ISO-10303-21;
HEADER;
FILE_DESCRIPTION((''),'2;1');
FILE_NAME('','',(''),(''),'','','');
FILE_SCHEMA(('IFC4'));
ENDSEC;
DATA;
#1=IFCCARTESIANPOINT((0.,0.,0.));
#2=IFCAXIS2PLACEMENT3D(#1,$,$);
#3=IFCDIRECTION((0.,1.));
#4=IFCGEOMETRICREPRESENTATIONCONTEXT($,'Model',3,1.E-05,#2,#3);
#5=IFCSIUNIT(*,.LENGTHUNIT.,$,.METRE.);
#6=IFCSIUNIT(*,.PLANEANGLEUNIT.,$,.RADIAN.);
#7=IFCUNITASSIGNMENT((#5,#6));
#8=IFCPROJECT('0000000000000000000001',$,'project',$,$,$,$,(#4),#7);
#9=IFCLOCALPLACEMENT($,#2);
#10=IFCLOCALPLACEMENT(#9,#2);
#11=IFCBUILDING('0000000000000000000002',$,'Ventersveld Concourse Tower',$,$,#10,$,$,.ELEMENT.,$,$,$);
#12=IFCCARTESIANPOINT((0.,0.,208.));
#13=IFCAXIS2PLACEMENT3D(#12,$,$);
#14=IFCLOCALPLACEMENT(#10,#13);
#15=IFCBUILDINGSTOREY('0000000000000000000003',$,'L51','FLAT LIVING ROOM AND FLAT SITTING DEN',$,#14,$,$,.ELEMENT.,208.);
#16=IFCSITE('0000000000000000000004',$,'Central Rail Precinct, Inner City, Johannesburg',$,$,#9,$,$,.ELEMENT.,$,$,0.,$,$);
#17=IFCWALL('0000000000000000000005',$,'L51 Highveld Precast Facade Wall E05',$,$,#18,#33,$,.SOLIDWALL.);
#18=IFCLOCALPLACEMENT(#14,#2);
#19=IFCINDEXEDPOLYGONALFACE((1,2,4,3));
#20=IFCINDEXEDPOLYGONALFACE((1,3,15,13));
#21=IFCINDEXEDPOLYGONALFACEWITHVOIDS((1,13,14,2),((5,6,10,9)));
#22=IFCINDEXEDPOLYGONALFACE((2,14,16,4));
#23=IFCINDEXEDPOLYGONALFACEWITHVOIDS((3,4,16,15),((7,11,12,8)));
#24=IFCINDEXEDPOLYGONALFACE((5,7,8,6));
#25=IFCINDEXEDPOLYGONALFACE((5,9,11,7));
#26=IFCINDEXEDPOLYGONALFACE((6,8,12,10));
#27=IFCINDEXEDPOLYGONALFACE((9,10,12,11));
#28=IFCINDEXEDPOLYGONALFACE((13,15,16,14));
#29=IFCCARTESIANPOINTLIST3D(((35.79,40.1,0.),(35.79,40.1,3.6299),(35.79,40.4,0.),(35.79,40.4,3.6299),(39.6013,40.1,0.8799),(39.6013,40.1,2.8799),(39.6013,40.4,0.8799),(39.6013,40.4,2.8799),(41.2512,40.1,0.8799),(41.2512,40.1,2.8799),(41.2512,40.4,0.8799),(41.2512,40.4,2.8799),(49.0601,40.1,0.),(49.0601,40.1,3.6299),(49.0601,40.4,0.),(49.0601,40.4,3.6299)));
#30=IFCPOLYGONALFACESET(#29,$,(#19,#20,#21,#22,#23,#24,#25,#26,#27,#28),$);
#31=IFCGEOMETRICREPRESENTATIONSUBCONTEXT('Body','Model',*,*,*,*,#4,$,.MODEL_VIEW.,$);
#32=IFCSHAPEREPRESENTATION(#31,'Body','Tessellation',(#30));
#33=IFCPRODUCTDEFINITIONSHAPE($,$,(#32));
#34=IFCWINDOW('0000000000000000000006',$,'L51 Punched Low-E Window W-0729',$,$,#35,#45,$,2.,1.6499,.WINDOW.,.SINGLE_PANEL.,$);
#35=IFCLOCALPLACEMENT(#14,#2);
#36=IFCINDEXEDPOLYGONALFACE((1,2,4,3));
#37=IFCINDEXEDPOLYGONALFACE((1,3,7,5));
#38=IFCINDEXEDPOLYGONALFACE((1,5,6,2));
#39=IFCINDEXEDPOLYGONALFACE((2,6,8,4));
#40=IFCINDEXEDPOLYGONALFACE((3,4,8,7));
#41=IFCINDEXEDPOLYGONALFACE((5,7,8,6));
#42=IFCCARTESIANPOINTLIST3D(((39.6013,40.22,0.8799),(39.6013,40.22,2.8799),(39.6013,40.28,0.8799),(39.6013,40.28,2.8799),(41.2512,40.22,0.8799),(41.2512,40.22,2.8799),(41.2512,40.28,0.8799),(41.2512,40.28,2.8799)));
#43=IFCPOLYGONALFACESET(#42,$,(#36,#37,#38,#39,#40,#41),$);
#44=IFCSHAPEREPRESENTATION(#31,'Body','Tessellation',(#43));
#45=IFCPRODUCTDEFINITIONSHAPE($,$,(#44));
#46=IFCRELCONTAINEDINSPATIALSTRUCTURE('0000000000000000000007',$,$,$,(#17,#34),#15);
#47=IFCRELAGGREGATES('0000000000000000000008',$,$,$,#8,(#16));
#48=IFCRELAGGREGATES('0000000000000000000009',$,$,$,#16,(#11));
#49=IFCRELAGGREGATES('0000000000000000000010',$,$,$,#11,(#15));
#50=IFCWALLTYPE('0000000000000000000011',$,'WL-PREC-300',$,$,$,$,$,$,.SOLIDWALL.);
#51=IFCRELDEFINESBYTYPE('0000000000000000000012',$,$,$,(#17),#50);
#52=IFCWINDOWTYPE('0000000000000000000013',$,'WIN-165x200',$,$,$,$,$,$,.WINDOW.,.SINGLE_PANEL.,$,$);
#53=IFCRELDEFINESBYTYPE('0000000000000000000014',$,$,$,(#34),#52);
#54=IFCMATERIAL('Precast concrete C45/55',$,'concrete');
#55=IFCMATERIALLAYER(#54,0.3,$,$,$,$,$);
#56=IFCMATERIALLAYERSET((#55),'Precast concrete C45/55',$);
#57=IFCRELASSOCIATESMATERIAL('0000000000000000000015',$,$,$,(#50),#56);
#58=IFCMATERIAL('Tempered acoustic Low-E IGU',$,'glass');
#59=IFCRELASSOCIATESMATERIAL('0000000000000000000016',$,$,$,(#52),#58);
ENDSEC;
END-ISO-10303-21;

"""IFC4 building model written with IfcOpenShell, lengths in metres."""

from ifc_helpers import new_model, si_unit, direction, frame, frame_2d, origin, place, context, subcontext, project, spatial, rectangle, extrude, material, layer, layer_set, type_object, element, fill, save


model = new_model("IFC4")

# Units and contexts
model_context = context("Model", 3, precision=1e-05, world=origin(), true_north=direction((0.0, 1.0)))
body_context = subcontext(model_context, "Body", "Model", "MODEL_VIEW")
ifc_project = project(units=[si_unit("LENGTHUNIT", "METRE"), si_unit("PLANEANGLEUNIT", "RADIAN")], contexts=[model_context])

# Site, building, storey
site_placement = place(None, origin())
site = spatial("IfcSite", under=ifc_project, at=site_placement, Name="Central Rail Precinct, Inner City, Johannesburg", CompositionType="ELEMENT", RefElevation=0.0)
building_placement = place(site_placement, origin())
building = spatial("IfcBuilding", under=site, at=building_placement, Name="Ventersveld Concourse Tower", CompositionType="ELEMENT")
storey_placement = place(building_placement, frame((0.0, 0.0, 208.0)))
storey = spatial("IfcBuildingStorey", under=building, at=storey_placement, Name="L51", Description="FLAT LIVING ROOM AND FLAT SITTING DEN", CompositionType="ELEMENT", Elevation=208.0)

# Shared definitions
ifc_material_1 = material(Name="Precast concrete C45/55", Category="concrete")
ifc_layer_1 = layer(ifc_material_1, 0.3)
ifc_layer_set_1 = layer_set([ifc_layer_1], Name="Precast concrete C45/55")
wall_type_1 = type_object("IfcWallType", Name="WL-PREC-300", PredefinedType="SOLIDWALL", material=ifc_layer_set_1)

# Wall, opening, window
wall_1_placement = place(storey_placement, frame((49.0601, 40.25, 0.0), z_axis=(0.0, 0.0, 1.0), x_axis=(-1.0, 0.0, 0.0)))
wall_1 = element("IfcWall", 1, at=wall_1_placement, inside=storey, type_object=wall_type_1, Name="L51 Highveld Precast Facade Wall E05", PredefinedType="SOLIDWALL", context=body_context, shape_type="SweptSolid", body=[
    extrude(rectangle(XDim=13.27, YDim=0.3, at=frame_2d((6.635, 0.0))), origin(), (0.0, 0.0, 1.0), 3.6299),
])
opening_1_placement = place(wall_1_placement, frame((7.8088, 0.0, 0.8799)))
opening_1 = element("IfcOpeningElement", 2, at=opening_1_placement, cuts=wall_1, PredefinedType="OPENING", context=body_context, shape_type="SweptSolid", body=[
    extrude(rectangle(XDim=1.6499, YDim=2.0, at=frame_2d((0.825, 1.0))), frame((0.0, 0.1602, 0.0), z_axis=(0.0, -1.0, 0.0), x_axis=(1.0, 0.0, 0.0)), (0.0, 0.0, 1.0), 0.3201),
])
ifc_material_2 = material(Name="Tempered acoustic Low-E IGU", Category="glass")
window_type = type_object("IfcWindowType", Name="WIN-165x200", PartitioningType="SINGLE_PANEL", PredefinedType="WINDOW", material=ifc_material_2)
window_placement = place(opening_1_placement, origin())
window = element("IfcWindow", 3, at=window_placement, inside=storey, type_object=window_type, Name="L51 Punched Low-E Window W-0729", OverallHeight=2.0, OverallWidth=1.6499, PartitioningType="SINGLE_PANEL", PredefinedType="WINDOW", context=body_context, shape_type="SweptSolid", body=[
    extrude(rectangle(XDim=1.6499, YDim=2.0, at=frame_2d((0.825, 1.0))), frame((0.0, 0.03, 0.0), z_axis=(0.0, -1.0, 0.0), x_axis=(1.0, 0.0, 0.0)), (0.0, 0.0, 1.0), 0.0601),
])
fill(opening_1, window)

save(model, "model.ifc")
